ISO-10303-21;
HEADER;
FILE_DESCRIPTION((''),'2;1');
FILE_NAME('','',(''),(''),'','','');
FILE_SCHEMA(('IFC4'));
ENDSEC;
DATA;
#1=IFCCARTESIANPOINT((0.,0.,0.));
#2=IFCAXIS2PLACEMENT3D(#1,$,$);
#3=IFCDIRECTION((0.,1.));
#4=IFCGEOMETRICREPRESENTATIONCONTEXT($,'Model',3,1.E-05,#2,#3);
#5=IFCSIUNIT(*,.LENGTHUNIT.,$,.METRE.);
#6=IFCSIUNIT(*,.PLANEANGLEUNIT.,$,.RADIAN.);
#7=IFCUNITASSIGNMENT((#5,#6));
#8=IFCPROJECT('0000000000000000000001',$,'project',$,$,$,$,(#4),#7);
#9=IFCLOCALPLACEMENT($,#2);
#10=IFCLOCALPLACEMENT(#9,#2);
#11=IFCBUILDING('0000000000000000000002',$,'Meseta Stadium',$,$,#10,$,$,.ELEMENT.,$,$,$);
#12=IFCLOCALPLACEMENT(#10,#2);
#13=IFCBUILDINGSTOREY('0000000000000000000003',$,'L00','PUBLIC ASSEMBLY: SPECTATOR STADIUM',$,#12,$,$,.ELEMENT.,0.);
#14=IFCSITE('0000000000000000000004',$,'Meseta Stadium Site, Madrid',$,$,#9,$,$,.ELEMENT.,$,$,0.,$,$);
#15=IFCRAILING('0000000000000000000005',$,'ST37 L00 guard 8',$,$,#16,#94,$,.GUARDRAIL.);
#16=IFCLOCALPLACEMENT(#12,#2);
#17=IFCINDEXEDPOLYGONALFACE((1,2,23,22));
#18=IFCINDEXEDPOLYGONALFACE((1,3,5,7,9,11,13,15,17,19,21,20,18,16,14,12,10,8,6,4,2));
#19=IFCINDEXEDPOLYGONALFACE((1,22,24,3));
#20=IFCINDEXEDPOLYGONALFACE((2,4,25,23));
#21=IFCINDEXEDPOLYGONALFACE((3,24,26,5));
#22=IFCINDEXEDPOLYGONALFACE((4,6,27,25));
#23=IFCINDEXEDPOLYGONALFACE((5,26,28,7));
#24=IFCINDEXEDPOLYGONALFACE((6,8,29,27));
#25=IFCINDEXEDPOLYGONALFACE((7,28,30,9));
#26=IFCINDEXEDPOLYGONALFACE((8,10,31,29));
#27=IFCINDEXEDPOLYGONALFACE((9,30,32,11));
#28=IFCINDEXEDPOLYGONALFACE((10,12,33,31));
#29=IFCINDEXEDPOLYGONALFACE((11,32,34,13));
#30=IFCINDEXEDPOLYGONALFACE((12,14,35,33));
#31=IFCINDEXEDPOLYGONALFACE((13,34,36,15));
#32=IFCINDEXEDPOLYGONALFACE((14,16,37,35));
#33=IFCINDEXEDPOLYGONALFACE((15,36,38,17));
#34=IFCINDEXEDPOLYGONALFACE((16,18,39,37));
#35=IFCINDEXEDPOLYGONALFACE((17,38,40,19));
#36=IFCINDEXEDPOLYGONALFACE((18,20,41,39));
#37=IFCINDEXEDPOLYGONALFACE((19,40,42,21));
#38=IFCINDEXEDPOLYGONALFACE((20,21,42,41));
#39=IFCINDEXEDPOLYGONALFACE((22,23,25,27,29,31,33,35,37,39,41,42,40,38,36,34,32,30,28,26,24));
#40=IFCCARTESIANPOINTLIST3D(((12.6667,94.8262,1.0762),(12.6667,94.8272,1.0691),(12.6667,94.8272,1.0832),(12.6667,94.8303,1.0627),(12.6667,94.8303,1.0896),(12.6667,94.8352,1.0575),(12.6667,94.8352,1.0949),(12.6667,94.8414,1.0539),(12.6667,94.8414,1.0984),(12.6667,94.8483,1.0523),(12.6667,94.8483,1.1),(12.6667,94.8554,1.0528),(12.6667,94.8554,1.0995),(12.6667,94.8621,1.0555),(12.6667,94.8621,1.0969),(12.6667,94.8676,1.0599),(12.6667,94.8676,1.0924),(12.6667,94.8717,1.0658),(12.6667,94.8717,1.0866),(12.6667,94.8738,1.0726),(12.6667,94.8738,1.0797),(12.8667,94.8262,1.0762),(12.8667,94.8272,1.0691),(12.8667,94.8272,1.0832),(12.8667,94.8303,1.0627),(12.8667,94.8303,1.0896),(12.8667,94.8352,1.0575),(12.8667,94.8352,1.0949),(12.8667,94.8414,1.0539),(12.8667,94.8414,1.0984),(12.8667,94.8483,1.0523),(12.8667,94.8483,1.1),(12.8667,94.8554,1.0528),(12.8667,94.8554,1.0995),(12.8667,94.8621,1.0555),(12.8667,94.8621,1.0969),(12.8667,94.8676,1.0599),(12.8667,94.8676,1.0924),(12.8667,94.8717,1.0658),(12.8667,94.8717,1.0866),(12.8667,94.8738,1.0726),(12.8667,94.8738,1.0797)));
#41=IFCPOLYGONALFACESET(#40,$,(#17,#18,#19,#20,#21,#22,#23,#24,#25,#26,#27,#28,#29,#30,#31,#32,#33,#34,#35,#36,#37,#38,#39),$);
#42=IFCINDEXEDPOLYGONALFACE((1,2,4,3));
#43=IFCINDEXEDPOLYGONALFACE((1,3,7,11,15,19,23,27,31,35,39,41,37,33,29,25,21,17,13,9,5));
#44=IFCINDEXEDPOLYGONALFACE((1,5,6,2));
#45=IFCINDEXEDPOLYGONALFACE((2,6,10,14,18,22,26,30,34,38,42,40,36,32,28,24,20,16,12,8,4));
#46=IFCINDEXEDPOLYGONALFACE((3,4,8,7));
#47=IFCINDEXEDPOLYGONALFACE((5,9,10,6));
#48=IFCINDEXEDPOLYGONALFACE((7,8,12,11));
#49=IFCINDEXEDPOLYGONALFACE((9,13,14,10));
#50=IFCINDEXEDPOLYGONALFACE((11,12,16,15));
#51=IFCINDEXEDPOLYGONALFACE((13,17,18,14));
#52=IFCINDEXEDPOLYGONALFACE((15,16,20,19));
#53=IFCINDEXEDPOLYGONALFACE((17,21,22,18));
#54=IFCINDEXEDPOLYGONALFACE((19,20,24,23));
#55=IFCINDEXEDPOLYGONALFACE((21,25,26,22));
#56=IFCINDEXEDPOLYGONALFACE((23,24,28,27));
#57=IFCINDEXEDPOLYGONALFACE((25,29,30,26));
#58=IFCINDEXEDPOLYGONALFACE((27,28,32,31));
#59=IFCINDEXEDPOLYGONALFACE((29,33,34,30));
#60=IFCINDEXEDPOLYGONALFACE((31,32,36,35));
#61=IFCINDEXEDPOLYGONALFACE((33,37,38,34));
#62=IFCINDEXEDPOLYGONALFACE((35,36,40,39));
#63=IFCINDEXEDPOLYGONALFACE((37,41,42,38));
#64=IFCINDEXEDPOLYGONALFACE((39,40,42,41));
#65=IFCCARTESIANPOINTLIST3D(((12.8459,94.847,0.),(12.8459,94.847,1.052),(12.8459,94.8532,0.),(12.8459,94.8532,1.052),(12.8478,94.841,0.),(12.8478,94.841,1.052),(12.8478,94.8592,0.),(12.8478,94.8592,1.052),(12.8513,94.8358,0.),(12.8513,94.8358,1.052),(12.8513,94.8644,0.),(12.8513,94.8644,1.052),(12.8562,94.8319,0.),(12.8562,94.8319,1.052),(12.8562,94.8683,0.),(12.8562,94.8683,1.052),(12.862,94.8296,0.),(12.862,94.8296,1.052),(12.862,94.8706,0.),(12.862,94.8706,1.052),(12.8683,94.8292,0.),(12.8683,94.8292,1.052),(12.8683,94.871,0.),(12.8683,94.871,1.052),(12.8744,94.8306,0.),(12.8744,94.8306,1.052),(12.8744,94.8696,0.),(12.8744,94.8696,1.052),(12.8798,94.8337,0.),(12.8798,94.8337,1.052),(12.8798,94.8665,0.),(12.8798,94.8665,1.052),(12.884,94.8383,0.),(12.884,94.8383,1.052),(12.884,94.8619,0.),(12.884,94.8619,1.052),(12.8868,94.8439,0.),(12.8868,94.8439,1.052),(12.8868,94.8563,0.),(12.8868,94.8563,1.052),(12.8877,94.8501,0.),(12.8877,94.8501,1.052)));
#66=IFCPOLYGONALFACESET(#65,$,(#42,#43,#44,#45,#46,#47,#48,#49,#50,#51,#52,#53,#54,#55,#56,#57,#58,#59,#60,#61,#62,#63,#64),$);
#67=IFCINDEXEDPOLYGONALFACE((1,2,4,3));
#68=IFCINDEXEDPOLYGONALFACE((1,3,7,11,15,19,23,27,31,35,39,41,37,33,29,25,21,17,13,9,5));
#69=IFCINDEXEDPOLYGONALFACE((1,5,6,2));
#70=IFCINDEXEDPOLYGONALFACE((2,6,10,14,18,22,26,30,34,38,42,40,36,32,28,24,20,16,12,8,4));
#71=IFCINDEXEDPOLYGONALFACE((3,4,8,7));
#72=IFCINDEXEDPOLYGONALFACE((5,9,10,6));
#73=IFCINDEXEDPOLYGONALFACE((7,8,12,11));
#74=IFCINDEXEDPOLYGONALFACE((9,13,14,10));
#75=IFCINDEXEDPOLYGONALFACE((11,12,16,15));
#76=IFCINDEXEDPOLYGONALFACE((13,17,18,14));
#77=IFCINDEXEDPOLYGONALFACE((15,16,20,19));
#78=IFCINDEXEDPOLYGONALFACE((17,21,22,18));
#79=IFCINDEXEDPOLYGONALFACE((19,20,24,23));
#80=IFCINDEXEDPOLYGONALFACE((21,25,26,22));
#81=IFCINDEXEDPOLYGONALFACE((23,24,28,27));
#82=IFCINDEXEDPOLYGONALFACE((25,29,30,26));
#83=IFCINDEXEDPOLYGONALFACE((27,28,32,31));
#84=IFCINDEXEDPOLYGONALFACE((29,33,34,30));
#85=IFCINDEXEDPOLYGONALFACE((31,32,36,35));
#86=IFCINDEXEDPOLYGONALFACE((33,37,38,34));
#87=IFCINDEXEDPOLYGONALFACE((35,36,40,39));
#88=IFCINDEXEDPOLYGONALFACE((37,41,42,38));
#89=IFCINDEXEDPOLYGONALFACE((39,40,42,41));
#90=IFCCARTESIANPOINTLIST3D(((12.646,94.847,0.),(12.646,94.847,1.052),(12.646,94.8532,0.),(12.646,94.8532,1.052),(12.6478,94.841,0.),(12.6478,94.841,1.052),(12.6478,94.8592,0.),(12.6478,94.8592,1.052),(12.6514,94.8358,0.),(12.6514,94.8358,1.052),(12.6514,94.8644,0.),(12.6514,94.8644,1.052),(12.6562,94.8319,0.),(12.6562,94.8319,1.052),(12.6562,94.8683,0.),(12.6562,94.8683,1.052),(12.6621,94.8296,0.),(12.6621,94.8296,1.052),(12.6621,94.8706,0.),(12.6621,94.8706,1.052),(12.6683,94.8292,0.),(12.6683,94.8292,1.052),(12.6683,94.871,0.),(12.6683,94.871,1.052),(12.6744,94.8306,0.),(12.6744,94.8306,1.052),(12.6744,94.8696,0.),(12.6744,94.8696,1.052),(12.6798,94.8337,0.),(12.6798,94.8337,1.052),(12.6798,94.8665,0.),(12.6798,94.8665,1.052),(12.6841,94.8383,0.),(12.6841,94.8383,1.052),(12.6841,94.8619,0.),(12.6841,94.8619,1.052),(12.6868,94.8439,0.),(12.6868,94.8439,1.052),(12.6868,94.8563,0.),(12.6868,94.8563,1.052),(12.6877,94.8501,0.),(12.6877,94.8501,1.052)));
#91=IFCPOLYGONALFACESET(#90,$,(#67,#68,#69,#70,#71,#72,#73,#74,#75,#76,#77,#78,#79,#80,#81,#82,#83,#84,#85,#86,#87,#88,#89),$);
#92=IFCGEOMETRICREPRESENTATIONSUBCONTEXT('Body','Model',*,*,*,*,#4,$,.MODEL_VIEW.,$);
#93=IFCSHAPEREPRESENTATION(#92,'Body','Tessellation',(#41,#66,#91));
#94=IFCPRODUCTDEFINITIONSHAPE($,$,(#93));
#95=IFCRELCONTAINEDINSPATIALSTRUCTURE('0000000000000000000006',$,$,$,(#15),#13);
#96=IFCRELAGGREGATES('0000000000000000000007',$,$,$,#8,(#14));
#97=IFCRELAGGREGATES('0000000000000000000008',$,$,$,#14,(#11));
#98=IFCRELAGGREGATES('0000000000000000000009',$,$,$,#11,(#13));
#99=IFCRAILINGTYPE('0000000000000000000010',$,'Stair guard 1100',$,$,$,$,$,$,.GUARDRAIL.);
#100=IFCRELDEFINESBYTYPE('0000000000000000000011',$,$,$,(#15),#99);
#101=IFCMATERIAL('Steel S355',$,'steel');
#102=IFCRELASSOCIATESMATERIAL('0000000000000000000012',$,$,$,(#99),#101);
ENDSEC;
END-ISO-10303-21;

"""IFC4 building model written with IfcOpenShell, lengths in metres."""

from ifc_helpers import new_model, si_unit, direction, frame, origin, origin_2d, place, context, subcontext, project, spatial, circle, extrude, material, type_object, element, save


model = new_model("IFC4")

# Units and contexts
model_context = context("Model", 3, precision=1e-05, world=origin(), true_north=direction((0.0, 1.0)))
body_context = subcontext(model_context, "Body", "Model", "MODEL_VIEW")
ifc_project = project(units=[si_unit("LENGTHUNIT", "METRE"), si_unit("PLANEANGLEUNIT", "RADIAN")], contexts=[model_context])

# Site, building, storey
site_placement = place(None, origin())
site = spatial("IfcSite", under=ifc_project, at=site_placement, Name="Meseta Stadium Site, Madrid", CompositionType="ELEMENT", RefElevation=0.0)
building_placement = place(site_placement, origin())
building = spatial("IfcBuilding", under=site, at=building_placement, Name="Meseta Stadium", CompositionType="ELEMENT")
storey_placement = place(building_placement, origin())
storey = spatial("IfcBuildingStorey", under=building, at=storey_placement, Name="L00", Description="PUBLIC ASSEMBLY: SPECTATOR STADIUM", CompositionType="ELEMENT", Elevation=0.0)

# Railing
ifc_material_1 = material(Name="Steel S355", Category="steel")
railing_type_1 = type_object("IfcRailingType", Name="Stair guard 1100", PredefinedType="GUARDRAIL", material=ifc_material_1)
railing_1_placement = place(storey_placement, frame((12.8667, 94.8501, 0.0)))
element("IfcRailing", 1, at=railing_1_placement, inside=storey, type_object=railing_type_1, Name="ST37 L00 guard 8", PredefinedType="GUARDRAIL", context=body_context, shape_type="SweptSolid", body=[
    extrude(circle(Radius=0.0239, at=origin_2d()), frame((0.0, 0.0, 1.0762), z_axis=(-1.0, 0.0, 0.0), x_axis=(0.0, -1.0, 0.0)), (0.0, 0.0, 1.0), 0.2),
    extrude(circle(Radius=0.021, at=origin_2d()), origin(), (0.0, 0.0, 1.0), 1.052),
    extrude(circle(Radius=0.021, at=origin_2d()), frame((-0.2, 0.0, 0.0)), (0.0, 0.0, 1.0), 1.052),
])

save(model, "model.ifc")
